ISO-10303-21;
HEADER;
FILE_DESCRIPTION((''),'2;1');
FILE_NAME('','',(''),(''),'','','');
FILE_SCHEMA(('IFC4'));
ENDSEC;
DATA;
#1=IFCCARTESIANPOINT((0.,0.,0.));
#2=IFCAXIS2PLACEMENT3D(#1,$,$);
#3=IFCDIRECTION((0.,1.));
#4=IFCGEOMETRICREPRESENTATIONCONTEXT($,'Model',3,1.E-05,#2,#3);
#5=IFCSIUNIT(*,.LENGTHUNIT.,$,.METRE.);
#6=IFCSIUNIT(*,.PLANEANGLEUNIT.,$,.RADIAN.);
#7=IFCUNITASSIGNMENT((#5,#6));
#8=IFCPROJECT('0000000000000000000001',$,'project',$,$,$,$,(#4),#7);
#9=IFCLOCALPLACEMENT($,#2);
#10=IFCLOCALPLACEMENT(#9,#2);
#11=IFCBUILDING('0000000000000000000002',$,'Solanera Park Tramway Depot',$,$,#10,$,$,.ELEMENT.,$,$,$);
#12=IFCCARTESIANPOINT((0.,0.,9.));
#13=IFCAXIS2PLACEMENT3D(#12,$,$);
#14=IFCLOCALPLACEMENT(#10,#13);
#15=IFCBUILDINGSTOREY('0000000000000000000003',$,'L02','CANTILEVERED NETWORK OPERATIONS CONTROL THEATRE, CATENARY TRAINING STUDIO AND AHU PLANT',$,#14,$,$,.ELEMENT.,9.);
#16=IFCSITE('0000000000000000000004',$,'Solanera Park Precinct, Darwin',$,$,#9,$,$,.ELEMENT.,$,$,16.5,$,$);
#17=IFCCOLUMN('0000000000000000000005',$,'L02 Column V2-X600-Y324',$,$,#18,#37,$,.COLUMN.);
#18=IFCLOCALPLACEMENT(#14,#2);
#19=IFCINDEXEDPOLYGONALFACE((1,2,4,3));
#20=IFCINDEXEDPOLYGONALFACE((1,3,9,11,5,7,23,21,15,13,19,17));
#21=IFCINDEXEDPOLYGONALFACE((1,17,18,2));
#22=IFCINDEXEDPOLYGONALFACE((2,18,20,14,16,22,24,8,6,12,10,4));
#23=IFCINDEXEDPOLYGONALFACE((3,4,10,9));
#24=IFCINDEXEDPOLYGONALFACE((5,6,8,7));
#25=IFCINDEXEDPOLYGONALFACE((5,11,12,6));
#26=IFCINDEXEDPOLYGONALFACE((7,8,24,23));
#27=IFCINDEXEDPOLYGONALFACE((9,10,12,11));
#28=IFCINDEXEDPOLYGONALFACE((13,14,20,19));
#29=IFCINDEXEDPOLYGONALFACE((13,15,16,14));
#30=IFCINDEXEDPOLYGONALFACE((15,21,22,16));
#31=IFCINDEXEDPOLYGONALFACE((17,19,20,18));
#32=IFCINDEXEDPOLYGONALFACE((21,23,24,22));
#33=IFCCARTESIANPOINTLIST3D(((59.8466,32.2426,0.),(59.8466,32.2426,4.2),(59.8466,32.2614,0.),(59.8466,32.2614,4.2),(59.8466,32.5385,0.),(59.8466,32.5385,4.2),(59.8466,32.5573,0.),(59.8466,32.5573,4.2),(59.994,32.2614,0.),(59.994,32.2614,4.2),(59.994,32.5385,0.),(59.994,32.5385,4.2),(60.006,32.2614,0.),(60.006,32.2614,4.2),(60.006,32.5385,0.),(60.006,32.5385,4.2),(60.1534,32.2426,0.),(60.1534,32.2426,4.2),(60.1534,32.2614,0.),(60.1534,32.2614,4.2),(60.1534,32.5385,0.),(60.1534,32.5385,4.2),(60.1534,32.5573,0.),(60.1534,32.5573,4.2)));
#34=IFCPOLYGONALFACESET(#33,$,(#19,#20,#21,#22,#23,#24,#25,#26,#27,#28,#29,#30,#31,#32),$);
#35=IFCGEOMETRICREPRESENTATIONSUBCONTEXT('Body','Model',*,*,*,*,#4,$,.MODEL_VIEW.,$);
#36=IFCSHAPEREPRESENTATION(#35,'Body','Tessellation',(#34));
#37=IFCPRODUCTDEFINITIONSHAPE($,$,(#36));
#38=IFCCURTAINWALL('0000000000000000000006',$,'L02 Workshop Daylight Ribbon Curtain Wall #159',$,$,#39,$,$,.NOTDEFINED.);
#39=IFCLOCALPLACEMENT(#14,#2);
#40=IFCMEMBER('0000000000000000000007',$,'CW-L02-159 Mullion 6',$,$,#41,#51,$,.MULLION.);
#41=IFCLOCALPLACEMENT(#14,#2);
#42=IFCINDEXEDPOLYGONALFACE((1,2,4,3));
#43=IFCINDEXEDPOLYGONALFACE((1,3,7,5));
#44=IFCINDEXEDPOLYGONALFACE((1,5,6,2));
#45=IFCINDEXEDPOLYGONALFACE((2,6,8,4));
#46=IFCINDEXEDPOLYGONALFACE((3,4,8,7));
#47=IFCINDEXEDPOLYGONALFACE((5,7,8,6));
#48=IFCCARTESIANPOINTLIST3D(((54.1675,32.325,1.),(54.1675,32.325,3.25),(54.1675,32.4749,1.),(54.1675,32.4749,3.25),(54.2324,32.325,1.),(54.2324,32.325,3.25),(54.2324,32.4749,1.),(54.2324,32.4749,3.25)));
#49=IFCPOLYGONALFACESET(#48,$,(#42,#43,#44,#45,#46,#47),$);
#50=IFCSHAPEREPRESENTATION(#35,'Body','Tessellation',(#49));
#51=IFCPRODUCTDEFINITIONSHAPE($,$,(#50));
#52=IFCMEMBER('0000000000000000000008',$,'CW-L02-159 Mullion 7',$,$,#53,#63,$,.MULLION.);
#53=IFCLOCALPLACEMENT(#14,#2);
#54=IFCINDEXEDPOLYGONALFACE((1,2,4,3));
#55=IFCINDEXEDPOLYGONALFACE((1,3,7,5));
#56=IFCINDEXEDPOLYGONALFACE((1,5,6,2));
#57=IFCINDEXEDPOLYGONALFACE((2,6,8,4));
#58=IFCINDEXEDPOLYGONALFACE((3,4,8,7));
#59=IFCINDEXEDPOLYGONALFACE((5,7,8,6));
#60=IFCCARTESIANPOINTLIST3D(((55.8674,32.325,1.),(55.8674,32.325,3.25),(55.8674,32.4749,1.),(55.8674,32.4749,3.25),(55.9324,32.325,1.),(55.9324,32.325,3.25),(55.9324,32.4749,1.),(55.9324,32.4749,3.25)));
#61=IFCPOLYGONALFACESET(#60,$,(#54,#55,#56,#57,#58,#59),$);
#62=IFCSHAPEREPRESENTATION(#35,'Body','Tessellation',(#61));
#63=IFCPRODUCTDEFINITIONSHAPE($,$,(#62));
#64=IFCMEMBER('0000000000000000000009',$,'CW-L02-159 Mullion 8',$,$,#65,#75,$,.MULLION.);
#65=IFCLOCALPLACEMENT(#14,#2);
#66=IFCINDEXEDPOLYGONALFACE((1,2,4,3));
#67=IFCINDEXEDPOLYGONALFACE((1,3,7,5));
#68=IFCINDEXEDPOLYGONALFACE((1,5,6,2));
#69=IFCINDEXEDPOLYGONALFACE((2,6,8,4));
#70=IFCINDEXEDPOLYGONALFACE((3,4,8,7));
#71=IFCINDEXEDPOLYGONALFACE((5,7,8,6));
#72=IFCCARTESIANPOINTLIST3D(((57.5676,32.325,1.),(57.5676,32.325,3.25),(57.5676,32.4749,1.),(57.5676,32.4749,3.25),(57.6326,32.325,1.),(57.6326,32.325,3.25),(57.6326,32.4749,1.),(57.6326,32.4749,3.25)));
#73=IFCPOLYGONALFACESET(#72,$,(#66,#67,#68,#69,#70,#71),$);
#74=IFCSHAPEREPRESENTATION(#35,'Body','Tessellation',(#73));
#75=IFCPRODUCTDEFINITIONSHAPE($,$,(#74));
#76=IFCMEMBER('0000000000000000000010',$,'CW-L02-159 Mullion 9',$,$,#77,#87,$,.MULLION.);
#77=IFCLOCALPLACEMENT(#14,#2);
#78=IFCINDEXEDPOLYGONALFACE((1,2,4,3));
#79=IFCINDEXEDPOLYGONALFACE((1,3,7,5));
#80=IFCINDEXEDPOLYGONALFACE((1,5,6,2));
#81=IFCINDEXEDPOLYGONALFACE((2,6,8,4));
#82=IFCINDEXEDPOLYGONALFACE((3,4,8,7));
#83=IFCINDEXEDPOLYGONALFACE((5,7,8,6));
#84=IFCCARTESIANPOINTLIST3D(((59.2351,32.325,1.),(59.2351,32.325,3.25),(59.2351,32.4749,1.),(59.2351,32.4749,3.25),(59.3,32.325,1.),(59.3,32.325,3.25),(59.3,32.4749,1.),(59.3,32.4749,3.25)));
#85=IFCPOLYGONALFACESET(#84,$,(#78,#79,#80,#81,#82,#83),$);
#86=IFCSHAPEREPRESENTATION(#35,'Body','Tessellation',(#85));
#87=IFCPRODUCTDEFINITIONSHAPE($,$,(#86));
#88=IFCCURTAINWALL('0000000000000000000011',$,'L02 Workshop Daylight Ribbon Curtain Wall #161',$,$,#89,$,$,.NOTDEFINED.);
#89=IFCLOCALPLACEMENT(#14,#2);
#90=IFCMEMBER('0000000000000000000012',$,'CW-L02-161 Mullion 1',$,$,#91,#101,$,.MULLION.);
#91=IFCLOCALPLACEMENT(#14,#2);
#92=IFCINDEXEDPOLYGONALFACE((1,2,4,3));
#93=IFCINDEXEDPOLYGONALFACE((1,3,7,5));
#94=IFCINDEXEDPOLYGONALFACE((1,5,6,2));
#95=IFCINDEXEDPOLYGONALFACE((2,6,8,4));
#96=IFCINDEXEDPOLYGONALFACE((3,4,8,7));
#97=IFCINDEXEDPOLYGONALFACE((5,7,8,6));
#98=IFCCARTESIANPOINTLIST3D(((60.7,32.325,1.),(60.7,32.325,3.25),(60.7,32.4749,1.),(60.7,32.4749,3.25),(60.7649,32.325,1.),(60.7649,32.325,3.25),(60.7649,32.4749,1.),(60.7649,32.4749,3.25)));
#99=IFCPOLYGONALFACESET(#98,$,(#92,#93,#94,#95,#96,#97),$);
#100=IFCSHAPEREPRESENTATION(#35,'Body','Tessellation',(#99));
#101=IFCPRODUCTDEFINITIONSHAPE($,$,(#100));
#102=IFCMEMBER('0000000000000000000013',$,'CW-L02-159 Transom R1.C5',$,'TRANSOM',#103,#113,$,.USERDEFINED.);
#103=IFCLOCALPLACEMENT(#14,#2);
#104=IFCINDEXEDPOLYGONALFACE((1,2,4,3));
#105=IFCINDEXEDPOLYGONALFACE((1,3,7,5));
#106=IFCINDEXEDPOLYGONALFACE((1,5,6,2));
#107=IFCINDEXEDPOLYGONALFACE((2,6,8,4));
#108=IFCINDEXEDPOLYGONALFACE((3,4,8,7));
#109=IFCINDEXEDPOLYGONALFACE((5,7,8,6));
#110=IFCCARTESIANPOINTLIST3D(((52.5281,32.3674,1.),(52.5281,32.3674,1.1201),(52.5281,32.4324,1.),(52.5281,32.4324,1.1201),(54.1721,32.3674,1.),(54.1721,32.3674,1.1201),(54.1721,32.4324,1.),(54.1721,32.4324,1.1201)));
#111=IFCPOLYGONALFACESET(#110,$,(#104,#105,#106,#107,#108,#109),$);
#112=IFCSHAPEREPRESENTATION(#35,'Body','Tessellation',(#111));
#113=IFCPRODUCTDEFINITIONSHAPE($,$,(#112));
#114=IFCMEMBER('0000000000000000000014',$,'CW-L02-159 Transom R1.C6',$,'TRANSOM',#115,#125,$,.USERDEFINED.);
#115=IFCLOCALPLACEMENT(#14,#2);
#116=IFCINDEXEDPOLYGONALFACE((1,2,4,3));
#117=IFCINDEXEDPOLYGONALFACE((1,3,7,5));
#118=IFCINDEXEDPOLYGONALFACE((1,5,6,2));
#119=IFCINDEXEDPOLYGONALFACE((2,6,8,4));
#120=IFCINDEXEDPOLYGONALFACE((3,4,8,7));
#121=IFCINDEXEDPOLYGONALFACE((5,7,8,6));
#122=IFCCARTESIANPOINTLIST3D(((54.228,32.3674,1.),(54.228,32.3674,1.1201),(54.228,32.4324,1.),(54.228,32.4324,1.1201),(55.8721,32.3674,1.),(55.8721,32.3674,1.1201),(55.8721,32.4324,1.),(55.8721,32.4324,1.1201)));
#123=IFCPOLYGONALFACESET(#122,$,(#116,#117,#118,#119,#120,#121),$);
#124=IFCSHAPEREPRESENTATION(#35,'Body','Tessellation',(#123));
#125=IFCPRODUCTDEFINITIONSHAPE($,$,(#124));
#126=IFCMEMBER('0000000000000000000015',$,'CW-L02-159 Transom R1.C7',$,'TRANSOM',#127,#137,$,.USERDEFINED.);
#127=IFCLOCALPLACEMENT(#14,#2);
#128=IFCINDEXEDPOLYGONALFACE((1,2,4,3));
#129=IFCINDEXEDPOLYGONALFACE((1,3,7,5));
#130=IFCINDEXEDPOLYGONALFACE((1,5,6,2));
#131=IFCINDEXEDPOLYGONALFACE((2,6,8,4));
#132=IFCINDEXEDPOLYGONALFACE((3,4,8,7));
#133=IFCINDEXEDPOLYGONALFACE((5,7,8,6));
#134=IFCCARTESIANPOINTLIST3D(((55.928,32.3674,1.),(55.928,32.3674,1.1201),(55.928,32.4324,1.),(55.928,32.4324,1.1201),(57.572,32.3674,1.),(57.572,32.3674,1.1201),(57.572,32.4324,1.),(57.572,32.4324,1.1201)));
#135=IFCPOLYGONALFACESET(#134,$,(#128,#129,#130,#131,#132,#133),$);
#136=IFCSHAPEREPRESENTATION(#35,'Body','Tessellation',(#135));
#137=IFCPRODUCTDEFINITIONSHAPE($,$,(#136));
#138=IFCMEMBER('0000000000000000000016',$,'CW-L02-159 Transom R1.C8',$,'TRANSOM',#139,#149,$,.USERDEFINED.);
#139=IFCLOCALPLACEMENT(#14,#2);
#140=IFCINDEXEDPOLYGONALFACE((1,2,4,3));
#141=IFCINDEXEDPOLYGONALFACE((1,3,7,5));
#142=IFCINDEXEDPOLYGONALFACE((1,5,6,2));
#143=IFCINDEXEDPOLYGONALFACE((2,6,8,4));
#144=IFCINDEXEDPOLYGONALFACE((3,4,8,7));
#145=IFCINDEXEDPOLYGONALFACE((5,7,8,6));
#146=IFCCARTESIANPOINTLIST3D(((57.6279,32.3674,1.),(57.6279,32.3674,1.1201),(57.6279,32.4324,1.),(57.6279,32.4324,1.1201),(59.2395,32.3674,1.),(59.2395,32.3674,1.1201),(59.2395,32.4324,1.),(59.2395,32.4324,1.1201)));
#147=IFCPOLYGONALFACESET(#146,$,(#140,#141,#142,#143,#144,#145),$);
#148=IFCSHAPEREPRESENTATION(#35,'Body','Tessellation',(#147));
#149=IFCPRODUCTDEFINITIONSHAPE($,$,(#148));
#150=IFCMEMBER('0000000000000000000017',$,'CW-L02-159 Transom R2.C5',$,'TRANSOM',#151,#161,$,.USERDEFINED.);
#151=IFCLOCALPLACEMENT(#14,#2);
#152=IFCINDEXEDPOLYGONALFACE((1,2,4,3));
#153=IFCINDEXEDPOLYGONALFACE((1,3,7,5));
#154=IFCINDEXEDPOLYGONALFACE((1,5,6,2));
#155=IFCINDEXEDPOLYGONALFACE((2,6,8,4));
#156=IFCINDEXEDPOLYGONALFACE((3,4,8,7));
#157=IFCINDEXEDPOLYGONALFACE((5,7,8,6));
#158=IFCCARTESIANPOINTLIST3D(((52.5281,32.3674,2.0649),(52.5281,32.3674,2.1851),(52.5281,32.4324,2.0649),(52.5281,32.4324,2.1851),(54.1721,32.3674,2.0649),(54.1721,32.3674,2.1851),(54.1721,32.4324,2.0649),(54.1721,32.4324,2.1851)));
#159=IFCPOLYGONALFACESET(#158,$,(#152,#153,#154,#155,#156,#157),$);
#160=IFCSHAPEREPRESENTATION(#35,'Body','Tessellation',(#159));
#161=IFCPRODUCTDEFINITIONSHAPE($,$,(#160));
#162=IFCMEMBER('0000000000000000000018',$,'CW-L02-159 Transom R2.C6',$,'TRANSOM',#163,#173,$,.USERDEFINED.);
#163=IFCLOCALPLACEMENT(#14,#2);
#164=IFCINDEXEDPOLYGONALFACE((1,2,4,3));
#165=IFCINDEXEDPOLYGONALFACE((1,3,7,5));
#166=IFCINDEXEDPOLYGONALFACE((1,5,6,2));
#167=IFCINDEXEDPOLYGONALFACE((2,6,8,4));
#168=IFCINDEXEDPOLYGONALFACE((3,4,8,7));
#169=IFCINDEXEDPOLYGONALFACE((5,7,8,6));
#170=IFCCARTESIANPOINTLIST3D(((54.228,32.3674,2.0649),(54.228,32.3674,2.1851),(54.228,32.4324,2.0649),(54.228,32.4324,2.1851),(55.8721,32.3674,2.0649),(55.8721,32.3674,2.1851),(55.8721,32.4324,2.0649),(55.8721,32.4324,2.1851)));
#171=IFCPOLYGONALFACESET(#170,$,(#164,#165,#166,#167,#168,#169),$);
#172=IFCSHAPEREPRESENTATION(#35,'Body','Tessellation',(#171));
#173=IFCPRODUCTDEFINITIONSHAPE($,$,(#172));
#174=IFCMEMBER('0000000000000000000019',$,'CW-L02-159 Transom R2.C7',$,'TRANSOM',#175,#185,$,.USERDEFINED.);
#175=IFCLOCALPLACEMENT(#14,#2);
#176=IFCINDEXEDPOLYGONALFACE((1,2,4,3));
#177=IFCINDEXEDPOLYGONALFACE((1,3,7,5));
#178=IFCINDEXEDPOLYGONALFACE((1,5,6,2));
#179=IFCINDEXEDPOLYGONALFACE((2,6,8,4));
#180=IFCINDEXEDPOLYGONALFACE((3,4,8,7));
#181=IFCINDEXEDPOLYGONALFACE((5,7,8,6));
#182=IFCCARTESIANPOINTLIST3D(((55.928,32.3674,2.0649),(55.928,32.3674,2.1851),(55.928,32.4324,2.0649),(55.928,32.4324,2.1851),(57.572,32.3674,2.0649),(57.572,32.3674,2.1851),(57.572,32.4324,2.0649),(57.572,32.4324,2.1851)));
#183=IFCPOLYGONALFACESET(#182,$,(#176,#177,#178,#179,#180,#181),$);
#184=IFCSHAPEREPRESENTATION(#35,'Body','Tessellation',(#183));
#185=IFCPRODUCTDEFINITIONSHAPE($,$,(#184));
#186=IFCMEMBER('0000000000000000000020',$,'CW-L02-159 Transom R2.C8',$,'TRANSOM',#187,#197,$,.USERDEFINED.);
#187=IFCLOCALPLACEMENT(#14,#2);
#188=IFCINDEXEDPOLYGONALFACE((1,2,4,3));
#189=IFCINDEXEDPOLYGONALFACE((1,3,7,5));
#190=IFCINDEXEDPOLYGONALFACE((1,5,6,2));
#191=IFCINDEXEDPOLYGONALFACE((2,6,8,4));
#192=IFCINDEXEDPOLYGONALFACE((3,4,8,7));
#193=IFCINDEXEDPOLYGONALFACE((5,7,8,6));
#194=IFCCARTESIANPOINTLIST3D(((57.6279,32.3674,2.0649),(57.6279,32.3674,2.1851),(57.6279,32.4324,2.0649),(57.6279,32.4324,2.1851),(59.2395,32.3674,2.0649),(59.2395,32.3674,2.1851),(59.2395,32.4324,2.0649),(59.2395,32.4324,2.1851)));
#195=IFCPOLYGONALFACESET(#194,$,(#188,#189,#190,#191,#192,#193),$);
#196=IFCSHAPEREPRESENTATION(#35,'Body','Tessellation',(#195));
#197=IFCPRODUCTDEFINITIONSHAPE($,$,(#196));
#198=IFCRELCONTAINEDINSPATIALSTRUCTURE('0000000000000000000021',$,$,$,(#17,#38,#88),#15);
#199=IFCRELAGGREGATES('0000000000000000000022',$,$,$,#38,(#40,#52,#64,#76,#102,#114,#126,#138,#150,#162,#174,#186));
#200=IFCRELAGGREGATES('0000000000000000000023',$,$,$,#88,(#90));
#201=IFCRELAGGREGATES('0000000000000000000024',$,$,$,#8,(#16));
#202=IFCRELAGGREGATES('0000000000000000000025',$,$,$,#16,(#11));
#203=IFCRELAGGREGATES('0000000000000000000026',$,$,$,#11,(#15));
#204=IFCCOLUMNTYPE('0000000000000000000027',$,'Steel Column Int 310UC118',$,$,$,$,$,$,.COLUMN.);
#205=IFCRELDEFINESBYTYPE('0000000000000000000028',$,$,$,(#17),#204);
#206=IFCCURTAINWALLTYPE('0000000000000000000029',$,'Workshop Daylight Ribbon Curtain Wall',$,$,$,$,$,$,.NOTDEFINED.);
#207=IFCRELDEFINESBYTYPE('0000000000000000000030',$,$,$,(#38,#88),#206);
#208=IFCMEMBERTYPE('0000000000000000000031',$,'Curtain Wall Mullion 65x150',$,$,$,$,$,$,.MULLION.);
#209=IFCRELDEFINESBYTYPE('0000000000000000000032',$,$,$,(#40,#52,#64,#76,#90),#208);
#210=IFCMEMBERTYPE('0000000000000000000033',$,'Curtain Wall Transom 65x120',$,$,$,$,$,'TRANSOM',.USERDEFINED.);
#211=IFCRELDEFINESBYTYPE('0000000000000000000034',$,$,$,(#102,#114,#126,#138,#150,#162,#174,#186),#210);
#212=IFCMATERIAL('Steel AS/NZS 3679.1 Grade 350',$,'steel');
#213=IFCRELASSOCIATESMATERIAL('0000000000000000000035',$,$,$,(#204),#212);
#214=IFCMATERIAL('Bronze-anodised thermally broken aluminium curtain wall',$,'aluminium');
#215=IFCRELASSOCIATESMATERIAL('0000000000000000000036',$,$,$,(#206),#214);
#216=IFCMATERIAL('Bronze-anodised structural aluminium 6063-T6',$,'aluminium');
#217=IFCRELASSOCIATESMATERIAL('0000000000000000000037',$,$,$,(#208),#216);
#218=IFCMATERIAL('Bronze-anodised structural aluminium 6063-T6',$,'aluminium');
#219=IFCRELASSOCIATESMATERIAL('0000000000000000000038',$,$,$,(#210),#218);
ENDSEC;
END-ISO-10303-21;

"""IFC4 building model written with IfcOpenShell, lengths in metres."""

from ifc_helpers import new_model, si_unit, direction, frame, origin, origin_2d, place, context, subcontext, project, spatial, rectangle, i_section, extrude, material, material_profile, profile_set, type_object, element, aggregate, save


model = new_model("IFC4")

# Units and contexts
model_context = context("Model", 3, precision=1e-05, world=origin(), true_north=direction((0.0, 1.0)))
body_context = subcontext(model_context, "Body", "Model", "MODEL_VIEW")
ifc_project = project(units=[si_unit("LENGTHUNIT", "METRE"), si_unit("PLANEANGLEUNIT", "RADIAN")], contexts=[model_context])

# Site, building, storey
site_placement = place(None, origin())
site = spatial("IfcSite", under=ifc_project, at=site_placement, Name="Solanera Park Precinct, Darwin", CompositionType="ELEMENT", RefElevation=16.5)
building_placement = place(site_placement, origin())
building = spatial("IfcBuilding", under=site, at=building_placement, Name="Solanera Park Tramway Depot", CompositionType="ELEMENT")
storey_placement = place(building_placement, frame((0.0, 0.0, 9.0)))
storey = spatial("IfcBuildingStorey", under=building, at=storey_placement, Name="L02", Description="CANTILEVERED NETWORK OPERATIONS CONTROL THEATRE, CATENARY TRAINING STUDIO AND AHU PLANT", CompositionType="ELEMENT", Elevation=9.0)

# Column
ifc_material_1 = material(Name="Steel AS/NZS 3679.1 Grade 350", Category="steel")
ifc_material_profile_1 = material_profile(ifc_material_1, i_section(OverallWidth=0.3069, OverallDepth=0.3147, WebThickness=0.012, FlangeThickness=0.0188, at=origin_2d()), Name="310UC118")
ifc_profile_set_1 = profile_set([ifc_material_profile_1], Name="Steel AS/NZS 3679.1 Grade 350")
column_type = type_object("IfcColumnType", Name="Steel Column Int 310UC118", PredefinedType="COLUMN", material=ifc_profile_set_1)
column_placement = place(storey_placement, frame((60.0, 32.3999, 0.0), z_axis=(0.0, 0.0, 1.0), x_axis=(1.0, 0.0, 0.0)))
element("IfcColumn", 1, at=column_placement, inside=storey, type_object=column_type, Name="L02 Column V2-X600-Y324", PredefinedType="COLUMN", context=body_context, shape_type="SweptSolid", body=[
    extrude(i_section(OverallWidth=0.3069, OverallDepth=0.3147, WebThickness=0.012, FlangeThickness=0.0188, at=origin_2d()), origin(), (0.0, 0.0, 1.0), 4.2),
])

# Curtain wall, members
ifc_material_2 = material(Name="Bronze-anodised thermally broken aluminium curtain wall", Category="aluminium")
curtain_wall_type = type_object("IfcCurtainWallType", Name="Workshop Daylight Ribbon Curtain Wall", PredefinedType="NOTDEFINED", material=ifc_material_2)
curtain_wall_1_placement = place(storey_placement, origin())
curtain_wall_1 = element("IfcCurtainWall", 2, at=curtain_wall_1_placement, inside=storey, type_object=curtain_wall_type, Name="L02 Workshop Daylight Ribbon Curtain Wall #159", PredefinedType="NOTDEFINED")
ifc_material_3 = material(Name="Bronze-anodised structural aluminium 6063-T6", Category="aluminium")
ifc_material_profile_2 = material_profile(ifc_material_3, rectangle(XDim=0.0649, YDim=0.1499, at=origin_2d()), Name="Curtain Wall Mullion 65x150")
ifc_profile_set_2 = profile_set([ifc_material_profile_2], Name="Bronze-anodised structural aluminium 6063-T6")
member_type_1 = type_object("IfcMemberType", Name="Curtain Wall Mullion 65x150", PredefinedType="MULLION", material=ifc_profile_set_2)
member_1_placement = place(storey_placement, frame((54.2, 32.3999, 1.0), z_axis=(0.0, 0.0, 1.0), x_axis=(1.0, 0.0, 0.0)))
member_1 = element("IfcMember", 3, at=member_1_placement, type_object=member_type_1, Name="CW-L02-159 Mullion 6", PredefinedType="MULLION", context=body_context, shape_type="SweptSolid", body=[
    extrude(rectangle(XDim=0.0649, YDim=0.1499, at=origin_2d()), origin(), (0.0, 0.0, 1.0), 2.25),
])
member_2_placement = place(storey_placement, frame((55.8999, 32.3999, 1.0), z_axis=(0.0, 0.0, 1.0), x_axis=(1.0, 0.0, 0.0)))
member_2 = element("IfcMember", 4, at=member_2_placement, type_object=member_type_1, Name="CW-L02-159 Mullion 7", PredefinedType="MULLION", context=body_context, shape_type="SweptSolid", body=[
    extrude(rectangle(XDim=0.0649, YDim=0.1499, at=origin_2d()), origin(), (0.0, 0.0, 1.0), 2.25),
])
member_3_placement = place(storey_placement, frame((57.6001, 32.3999, 1.0), z_axis=(0.0, 0.0, 1.0), x_axis=(1.0, 0.0, 0.0)))
member_3 = element("IfcMember", 5, at=member_3_placement, type_object=member_type_1, Name="CW-L02-159 Mullion 8", PredefinedType="MULLION", context=body_context, shape_type="SweptSolid", body=[
    extrude(rectangle(XDim=0.0649, YDim=0.1499, at=origin_2d()), origin(), (0.0, 0.0, 1.0), 2.25),
])
member_4_placement = place(storey_placement, frame((59.2676, 32.3999, 1.0), z_axis=(0.0, 0.0, 1.0), x_axis=(1.0, 0.0, 0.0)))
member_4 = element("IfcMember", 6, at=member_4_placement, type_object=member_type_1, Name="CW-L02-159 Mullion 9", PredefinedType="MULLION", context=body_context, shape_type="SweptSolid", body=[
    extrude(rectangle(XDim=0.0649, YDim=0.1499, at=origin_2d()), origin(), (0.0, 0.0, 1.0), 2.25),
])

# Curtain wall, member
curtain_wall_2_placement = place(storey_placement, origin())
curtain_wall_2 = element("IfcCurtainWall", 7, at=curtain_wall_2_placement, inside=storey, type_object=curtain_wall_type, Name="L02 Workshop Daylight Ribbon Curtain Wall #161", PredefinedType="NOTDEFINED")
member_5_placement = place(storey_placement, frame((60.7324, 32.3999, 1.0), z_axis=(0.0, 0.0, 1.0), x_axis=(1.0, 0.0, 0.0)))
member_5 = element("IfcMember", 8, at=member_5_placement, type_object=member_type_1, Name="CW-L02-161 Mullion 1", PredefinedType="MULLION", context=body_context, shape_type="SweptSolid", body=[
    extrude(rectangle(XDim=0.0649, YDim=0.1499, at=origin_2d()), origin(), (0.0, 0.0, 1.0), 2.25),
])

# Members
ifc_material_4 = material(Name="Bronze-anodised structural aluminium 6063-T6", Category="aluminium")
ifc_material_profile_3 = material_profile(ifc_material_4, rectangle(XDim=0.0649, YDim=0.1201, at=origin_2d()), Name="Curtain Wall Transom 65x120")
ifc_profile_set_3 = profile_set([ifc_material_profile_3], Name="Bronze-anodised structural aluminium 6063-T6")
member_type_2 = type_object("IfcMemberType", Name="Curtain Wall Transom 65x120", ElementType="TRANSOM", PredefinedType="USERDEFINED", material=ifc_profile_set_3)
member_6_placement = place(storey_placement, frame((52.5281, 32.3999, 1.0601), z_axis=(1.0, 0.0, 0.0), x_axis=(0.0, 1.0, 0.0)))
member_6 = element("IfcMember", 9, at=member_6_placement, type_object=member_type_2, Name="CW-L02-159 Transom R1.C5", ObjectType="TRANSOM", PredefinedType="USERDEFINED", context=body_context, shape_type="SweptSolid", body=[
    extrude(rectangle(XDim=0.0649, YDim=0.1201, at=origin_2d()), origin(), (0.0, 0.0, 1.0), 1.644),
])
member_7_placement = place(storey_placement, frame((54.228, 32.3999, 1.0601), z_axis=(1.0, 0.0, 0.0), x_axis=(0.0, 1.0, 0.0)))
member_7 = element("IfcMember", 10, at=member_7_placement, type_object=member_type_2, Name="CW-L02-159 Transom R1.C6", ObjectType="TRANSOM", PredefinedType="USERDEFINED", context=body_context, shape_type="SweptSolid", body=[
    extrude(rectangle(XDim=0.0649, YDim=0.1201, at=origin_2d()), origin(), (0.0, 0.0, 1.0), 1.644),
])
member_8_placement = place(storey_placement, frame((55.928, 32.3999, 1.0601), z_axis=(1.0, 0.0, 0.0), x_axis=(0.0, 1.0, 0.0)))
member_8 = element("IfcMember", 11, at=member_8_placement, type_object=member_type_2, Name="CW-L02-159 Transom R1.C7", ObjectType="TRANSOM", PredefinedType="USERDEFINED", context=body_context, shape_type="SweptSolid", body=[
    extrude(rectangle(XDim=0.0649, YDim=0.1201, at=origin_2d()), origin(), (0.0, 0.0, 1.0), 1.644),
])
member_9_placement = place(storey_placement, frame((57.6279, 32.3999, 1.0601), z_axis=(1.0, 0.0, 0.0), x_axis=(0.0, 1.0, 0.0)))
member_9 = element("IfcMember", 12, at=member_9_placement, type_object=member_type_2, Name="CW-L02-159 Transom R1.C8", ObjectType="TRANSOM", PredefinedType="USERDEFINED", context=body_context, shape_type="SweptSolid", body=[
    extrude(rectangle(XDim=0.0649, YDim=0.1201, at=origin_2d()), origin(), (0.0, 0.0, 1.0), 1.6116),
])
member_10_placement = place(storey_placement, frame((52.5281, 32.3999, 2.125), z_axis=(1.0, 0.0, 0.0), x_axis=(0.0, 1.0, 0.0)))
member_10 = element("IfcMember", 13, at=member_10_placement, type_object=member_type_2, Name="CW-L02-159 Transom R2.C5", ObjectType="TRANSOM", PredefinedType="USERDEFINED", context=body_context, shape_type="SweptSolid", body=[
    extrude(rectangle(XDim=0.0649, YDim=0.1201, at=origin_2d()), origin(), (0.0, 0.0, 1.0), 1.644),
])
member_11_placement = place(storey_placement, frame((54.228, 32.3999, 2.125), z_axis=(1.0, 0.0, 0.0), x_axis=(0.0, 1.0, 0.0)))
member_11 = element("IfcMember", 14, at=member_11_placement, type_object=member_type_2, Name="CW-L02-159 Transom R2.C6", ObjectType="TRANSOM", PredefinedType="USERDEFINED", context=body_context, shape_type="SweptSolid", body=[
    extrude(rectangle(XDim=0.0649, YDim=0.1201, at=origin_2d()), origin(), (0.0, 0.0, 1.0), 1.644),
])
member_12_placement = place(storey_placement, frame((55.928, 32.3999, 2.125), z_axis=(1.0, 0.0, 0.0), x_axis=(0.0, 1.0, 0.0)))
member_12 = element("IfcMember", 15, at=member_12_placement, type_object=member_type_2, Name="CW-L02-159 Transom R2.C7", ObjectType="TRANSOM", PredefinedType="USERDEFINED", context=body_context, shape_type="SweptSolid", body=[
    extrude(rectangle(XDim=0.0649, YDim=0.1201, at=origin_2d()), origin(), (0.0, 0.0, 1.0), 1.644),
])
member_13_placement = place(storey_placement, frame((57.6279, 32.3999, 2.125), z_axis=(1.0, 0.0, 0.0), x_axis=(0.0, 1.0, 0.0)))
member_13 = element("IfcMember", 16, at=member_13_placement, type_object=member_type_2, Name="CW-L02-159 Transom R2.C8", ObjectType="TRANSOM", PredefinedType="USERDEFINED", context=body_context, shape_type="SweptSolid", body=[
    extrude(rectangle(XDim=0.0649, YDim=0.1201, at=origin_2d()), origin(), (0.0, 0.0, 1.0), 1.6116),
])

aggregate(curtain_wall_1, [member_1, member_2, member_3, member_4, member_6, member_7, member_8, member_9, member_10, member_11, member_12, member_13])
aggregate(curtain_wall_2, [member_5])

save(model, "model.ifc")
